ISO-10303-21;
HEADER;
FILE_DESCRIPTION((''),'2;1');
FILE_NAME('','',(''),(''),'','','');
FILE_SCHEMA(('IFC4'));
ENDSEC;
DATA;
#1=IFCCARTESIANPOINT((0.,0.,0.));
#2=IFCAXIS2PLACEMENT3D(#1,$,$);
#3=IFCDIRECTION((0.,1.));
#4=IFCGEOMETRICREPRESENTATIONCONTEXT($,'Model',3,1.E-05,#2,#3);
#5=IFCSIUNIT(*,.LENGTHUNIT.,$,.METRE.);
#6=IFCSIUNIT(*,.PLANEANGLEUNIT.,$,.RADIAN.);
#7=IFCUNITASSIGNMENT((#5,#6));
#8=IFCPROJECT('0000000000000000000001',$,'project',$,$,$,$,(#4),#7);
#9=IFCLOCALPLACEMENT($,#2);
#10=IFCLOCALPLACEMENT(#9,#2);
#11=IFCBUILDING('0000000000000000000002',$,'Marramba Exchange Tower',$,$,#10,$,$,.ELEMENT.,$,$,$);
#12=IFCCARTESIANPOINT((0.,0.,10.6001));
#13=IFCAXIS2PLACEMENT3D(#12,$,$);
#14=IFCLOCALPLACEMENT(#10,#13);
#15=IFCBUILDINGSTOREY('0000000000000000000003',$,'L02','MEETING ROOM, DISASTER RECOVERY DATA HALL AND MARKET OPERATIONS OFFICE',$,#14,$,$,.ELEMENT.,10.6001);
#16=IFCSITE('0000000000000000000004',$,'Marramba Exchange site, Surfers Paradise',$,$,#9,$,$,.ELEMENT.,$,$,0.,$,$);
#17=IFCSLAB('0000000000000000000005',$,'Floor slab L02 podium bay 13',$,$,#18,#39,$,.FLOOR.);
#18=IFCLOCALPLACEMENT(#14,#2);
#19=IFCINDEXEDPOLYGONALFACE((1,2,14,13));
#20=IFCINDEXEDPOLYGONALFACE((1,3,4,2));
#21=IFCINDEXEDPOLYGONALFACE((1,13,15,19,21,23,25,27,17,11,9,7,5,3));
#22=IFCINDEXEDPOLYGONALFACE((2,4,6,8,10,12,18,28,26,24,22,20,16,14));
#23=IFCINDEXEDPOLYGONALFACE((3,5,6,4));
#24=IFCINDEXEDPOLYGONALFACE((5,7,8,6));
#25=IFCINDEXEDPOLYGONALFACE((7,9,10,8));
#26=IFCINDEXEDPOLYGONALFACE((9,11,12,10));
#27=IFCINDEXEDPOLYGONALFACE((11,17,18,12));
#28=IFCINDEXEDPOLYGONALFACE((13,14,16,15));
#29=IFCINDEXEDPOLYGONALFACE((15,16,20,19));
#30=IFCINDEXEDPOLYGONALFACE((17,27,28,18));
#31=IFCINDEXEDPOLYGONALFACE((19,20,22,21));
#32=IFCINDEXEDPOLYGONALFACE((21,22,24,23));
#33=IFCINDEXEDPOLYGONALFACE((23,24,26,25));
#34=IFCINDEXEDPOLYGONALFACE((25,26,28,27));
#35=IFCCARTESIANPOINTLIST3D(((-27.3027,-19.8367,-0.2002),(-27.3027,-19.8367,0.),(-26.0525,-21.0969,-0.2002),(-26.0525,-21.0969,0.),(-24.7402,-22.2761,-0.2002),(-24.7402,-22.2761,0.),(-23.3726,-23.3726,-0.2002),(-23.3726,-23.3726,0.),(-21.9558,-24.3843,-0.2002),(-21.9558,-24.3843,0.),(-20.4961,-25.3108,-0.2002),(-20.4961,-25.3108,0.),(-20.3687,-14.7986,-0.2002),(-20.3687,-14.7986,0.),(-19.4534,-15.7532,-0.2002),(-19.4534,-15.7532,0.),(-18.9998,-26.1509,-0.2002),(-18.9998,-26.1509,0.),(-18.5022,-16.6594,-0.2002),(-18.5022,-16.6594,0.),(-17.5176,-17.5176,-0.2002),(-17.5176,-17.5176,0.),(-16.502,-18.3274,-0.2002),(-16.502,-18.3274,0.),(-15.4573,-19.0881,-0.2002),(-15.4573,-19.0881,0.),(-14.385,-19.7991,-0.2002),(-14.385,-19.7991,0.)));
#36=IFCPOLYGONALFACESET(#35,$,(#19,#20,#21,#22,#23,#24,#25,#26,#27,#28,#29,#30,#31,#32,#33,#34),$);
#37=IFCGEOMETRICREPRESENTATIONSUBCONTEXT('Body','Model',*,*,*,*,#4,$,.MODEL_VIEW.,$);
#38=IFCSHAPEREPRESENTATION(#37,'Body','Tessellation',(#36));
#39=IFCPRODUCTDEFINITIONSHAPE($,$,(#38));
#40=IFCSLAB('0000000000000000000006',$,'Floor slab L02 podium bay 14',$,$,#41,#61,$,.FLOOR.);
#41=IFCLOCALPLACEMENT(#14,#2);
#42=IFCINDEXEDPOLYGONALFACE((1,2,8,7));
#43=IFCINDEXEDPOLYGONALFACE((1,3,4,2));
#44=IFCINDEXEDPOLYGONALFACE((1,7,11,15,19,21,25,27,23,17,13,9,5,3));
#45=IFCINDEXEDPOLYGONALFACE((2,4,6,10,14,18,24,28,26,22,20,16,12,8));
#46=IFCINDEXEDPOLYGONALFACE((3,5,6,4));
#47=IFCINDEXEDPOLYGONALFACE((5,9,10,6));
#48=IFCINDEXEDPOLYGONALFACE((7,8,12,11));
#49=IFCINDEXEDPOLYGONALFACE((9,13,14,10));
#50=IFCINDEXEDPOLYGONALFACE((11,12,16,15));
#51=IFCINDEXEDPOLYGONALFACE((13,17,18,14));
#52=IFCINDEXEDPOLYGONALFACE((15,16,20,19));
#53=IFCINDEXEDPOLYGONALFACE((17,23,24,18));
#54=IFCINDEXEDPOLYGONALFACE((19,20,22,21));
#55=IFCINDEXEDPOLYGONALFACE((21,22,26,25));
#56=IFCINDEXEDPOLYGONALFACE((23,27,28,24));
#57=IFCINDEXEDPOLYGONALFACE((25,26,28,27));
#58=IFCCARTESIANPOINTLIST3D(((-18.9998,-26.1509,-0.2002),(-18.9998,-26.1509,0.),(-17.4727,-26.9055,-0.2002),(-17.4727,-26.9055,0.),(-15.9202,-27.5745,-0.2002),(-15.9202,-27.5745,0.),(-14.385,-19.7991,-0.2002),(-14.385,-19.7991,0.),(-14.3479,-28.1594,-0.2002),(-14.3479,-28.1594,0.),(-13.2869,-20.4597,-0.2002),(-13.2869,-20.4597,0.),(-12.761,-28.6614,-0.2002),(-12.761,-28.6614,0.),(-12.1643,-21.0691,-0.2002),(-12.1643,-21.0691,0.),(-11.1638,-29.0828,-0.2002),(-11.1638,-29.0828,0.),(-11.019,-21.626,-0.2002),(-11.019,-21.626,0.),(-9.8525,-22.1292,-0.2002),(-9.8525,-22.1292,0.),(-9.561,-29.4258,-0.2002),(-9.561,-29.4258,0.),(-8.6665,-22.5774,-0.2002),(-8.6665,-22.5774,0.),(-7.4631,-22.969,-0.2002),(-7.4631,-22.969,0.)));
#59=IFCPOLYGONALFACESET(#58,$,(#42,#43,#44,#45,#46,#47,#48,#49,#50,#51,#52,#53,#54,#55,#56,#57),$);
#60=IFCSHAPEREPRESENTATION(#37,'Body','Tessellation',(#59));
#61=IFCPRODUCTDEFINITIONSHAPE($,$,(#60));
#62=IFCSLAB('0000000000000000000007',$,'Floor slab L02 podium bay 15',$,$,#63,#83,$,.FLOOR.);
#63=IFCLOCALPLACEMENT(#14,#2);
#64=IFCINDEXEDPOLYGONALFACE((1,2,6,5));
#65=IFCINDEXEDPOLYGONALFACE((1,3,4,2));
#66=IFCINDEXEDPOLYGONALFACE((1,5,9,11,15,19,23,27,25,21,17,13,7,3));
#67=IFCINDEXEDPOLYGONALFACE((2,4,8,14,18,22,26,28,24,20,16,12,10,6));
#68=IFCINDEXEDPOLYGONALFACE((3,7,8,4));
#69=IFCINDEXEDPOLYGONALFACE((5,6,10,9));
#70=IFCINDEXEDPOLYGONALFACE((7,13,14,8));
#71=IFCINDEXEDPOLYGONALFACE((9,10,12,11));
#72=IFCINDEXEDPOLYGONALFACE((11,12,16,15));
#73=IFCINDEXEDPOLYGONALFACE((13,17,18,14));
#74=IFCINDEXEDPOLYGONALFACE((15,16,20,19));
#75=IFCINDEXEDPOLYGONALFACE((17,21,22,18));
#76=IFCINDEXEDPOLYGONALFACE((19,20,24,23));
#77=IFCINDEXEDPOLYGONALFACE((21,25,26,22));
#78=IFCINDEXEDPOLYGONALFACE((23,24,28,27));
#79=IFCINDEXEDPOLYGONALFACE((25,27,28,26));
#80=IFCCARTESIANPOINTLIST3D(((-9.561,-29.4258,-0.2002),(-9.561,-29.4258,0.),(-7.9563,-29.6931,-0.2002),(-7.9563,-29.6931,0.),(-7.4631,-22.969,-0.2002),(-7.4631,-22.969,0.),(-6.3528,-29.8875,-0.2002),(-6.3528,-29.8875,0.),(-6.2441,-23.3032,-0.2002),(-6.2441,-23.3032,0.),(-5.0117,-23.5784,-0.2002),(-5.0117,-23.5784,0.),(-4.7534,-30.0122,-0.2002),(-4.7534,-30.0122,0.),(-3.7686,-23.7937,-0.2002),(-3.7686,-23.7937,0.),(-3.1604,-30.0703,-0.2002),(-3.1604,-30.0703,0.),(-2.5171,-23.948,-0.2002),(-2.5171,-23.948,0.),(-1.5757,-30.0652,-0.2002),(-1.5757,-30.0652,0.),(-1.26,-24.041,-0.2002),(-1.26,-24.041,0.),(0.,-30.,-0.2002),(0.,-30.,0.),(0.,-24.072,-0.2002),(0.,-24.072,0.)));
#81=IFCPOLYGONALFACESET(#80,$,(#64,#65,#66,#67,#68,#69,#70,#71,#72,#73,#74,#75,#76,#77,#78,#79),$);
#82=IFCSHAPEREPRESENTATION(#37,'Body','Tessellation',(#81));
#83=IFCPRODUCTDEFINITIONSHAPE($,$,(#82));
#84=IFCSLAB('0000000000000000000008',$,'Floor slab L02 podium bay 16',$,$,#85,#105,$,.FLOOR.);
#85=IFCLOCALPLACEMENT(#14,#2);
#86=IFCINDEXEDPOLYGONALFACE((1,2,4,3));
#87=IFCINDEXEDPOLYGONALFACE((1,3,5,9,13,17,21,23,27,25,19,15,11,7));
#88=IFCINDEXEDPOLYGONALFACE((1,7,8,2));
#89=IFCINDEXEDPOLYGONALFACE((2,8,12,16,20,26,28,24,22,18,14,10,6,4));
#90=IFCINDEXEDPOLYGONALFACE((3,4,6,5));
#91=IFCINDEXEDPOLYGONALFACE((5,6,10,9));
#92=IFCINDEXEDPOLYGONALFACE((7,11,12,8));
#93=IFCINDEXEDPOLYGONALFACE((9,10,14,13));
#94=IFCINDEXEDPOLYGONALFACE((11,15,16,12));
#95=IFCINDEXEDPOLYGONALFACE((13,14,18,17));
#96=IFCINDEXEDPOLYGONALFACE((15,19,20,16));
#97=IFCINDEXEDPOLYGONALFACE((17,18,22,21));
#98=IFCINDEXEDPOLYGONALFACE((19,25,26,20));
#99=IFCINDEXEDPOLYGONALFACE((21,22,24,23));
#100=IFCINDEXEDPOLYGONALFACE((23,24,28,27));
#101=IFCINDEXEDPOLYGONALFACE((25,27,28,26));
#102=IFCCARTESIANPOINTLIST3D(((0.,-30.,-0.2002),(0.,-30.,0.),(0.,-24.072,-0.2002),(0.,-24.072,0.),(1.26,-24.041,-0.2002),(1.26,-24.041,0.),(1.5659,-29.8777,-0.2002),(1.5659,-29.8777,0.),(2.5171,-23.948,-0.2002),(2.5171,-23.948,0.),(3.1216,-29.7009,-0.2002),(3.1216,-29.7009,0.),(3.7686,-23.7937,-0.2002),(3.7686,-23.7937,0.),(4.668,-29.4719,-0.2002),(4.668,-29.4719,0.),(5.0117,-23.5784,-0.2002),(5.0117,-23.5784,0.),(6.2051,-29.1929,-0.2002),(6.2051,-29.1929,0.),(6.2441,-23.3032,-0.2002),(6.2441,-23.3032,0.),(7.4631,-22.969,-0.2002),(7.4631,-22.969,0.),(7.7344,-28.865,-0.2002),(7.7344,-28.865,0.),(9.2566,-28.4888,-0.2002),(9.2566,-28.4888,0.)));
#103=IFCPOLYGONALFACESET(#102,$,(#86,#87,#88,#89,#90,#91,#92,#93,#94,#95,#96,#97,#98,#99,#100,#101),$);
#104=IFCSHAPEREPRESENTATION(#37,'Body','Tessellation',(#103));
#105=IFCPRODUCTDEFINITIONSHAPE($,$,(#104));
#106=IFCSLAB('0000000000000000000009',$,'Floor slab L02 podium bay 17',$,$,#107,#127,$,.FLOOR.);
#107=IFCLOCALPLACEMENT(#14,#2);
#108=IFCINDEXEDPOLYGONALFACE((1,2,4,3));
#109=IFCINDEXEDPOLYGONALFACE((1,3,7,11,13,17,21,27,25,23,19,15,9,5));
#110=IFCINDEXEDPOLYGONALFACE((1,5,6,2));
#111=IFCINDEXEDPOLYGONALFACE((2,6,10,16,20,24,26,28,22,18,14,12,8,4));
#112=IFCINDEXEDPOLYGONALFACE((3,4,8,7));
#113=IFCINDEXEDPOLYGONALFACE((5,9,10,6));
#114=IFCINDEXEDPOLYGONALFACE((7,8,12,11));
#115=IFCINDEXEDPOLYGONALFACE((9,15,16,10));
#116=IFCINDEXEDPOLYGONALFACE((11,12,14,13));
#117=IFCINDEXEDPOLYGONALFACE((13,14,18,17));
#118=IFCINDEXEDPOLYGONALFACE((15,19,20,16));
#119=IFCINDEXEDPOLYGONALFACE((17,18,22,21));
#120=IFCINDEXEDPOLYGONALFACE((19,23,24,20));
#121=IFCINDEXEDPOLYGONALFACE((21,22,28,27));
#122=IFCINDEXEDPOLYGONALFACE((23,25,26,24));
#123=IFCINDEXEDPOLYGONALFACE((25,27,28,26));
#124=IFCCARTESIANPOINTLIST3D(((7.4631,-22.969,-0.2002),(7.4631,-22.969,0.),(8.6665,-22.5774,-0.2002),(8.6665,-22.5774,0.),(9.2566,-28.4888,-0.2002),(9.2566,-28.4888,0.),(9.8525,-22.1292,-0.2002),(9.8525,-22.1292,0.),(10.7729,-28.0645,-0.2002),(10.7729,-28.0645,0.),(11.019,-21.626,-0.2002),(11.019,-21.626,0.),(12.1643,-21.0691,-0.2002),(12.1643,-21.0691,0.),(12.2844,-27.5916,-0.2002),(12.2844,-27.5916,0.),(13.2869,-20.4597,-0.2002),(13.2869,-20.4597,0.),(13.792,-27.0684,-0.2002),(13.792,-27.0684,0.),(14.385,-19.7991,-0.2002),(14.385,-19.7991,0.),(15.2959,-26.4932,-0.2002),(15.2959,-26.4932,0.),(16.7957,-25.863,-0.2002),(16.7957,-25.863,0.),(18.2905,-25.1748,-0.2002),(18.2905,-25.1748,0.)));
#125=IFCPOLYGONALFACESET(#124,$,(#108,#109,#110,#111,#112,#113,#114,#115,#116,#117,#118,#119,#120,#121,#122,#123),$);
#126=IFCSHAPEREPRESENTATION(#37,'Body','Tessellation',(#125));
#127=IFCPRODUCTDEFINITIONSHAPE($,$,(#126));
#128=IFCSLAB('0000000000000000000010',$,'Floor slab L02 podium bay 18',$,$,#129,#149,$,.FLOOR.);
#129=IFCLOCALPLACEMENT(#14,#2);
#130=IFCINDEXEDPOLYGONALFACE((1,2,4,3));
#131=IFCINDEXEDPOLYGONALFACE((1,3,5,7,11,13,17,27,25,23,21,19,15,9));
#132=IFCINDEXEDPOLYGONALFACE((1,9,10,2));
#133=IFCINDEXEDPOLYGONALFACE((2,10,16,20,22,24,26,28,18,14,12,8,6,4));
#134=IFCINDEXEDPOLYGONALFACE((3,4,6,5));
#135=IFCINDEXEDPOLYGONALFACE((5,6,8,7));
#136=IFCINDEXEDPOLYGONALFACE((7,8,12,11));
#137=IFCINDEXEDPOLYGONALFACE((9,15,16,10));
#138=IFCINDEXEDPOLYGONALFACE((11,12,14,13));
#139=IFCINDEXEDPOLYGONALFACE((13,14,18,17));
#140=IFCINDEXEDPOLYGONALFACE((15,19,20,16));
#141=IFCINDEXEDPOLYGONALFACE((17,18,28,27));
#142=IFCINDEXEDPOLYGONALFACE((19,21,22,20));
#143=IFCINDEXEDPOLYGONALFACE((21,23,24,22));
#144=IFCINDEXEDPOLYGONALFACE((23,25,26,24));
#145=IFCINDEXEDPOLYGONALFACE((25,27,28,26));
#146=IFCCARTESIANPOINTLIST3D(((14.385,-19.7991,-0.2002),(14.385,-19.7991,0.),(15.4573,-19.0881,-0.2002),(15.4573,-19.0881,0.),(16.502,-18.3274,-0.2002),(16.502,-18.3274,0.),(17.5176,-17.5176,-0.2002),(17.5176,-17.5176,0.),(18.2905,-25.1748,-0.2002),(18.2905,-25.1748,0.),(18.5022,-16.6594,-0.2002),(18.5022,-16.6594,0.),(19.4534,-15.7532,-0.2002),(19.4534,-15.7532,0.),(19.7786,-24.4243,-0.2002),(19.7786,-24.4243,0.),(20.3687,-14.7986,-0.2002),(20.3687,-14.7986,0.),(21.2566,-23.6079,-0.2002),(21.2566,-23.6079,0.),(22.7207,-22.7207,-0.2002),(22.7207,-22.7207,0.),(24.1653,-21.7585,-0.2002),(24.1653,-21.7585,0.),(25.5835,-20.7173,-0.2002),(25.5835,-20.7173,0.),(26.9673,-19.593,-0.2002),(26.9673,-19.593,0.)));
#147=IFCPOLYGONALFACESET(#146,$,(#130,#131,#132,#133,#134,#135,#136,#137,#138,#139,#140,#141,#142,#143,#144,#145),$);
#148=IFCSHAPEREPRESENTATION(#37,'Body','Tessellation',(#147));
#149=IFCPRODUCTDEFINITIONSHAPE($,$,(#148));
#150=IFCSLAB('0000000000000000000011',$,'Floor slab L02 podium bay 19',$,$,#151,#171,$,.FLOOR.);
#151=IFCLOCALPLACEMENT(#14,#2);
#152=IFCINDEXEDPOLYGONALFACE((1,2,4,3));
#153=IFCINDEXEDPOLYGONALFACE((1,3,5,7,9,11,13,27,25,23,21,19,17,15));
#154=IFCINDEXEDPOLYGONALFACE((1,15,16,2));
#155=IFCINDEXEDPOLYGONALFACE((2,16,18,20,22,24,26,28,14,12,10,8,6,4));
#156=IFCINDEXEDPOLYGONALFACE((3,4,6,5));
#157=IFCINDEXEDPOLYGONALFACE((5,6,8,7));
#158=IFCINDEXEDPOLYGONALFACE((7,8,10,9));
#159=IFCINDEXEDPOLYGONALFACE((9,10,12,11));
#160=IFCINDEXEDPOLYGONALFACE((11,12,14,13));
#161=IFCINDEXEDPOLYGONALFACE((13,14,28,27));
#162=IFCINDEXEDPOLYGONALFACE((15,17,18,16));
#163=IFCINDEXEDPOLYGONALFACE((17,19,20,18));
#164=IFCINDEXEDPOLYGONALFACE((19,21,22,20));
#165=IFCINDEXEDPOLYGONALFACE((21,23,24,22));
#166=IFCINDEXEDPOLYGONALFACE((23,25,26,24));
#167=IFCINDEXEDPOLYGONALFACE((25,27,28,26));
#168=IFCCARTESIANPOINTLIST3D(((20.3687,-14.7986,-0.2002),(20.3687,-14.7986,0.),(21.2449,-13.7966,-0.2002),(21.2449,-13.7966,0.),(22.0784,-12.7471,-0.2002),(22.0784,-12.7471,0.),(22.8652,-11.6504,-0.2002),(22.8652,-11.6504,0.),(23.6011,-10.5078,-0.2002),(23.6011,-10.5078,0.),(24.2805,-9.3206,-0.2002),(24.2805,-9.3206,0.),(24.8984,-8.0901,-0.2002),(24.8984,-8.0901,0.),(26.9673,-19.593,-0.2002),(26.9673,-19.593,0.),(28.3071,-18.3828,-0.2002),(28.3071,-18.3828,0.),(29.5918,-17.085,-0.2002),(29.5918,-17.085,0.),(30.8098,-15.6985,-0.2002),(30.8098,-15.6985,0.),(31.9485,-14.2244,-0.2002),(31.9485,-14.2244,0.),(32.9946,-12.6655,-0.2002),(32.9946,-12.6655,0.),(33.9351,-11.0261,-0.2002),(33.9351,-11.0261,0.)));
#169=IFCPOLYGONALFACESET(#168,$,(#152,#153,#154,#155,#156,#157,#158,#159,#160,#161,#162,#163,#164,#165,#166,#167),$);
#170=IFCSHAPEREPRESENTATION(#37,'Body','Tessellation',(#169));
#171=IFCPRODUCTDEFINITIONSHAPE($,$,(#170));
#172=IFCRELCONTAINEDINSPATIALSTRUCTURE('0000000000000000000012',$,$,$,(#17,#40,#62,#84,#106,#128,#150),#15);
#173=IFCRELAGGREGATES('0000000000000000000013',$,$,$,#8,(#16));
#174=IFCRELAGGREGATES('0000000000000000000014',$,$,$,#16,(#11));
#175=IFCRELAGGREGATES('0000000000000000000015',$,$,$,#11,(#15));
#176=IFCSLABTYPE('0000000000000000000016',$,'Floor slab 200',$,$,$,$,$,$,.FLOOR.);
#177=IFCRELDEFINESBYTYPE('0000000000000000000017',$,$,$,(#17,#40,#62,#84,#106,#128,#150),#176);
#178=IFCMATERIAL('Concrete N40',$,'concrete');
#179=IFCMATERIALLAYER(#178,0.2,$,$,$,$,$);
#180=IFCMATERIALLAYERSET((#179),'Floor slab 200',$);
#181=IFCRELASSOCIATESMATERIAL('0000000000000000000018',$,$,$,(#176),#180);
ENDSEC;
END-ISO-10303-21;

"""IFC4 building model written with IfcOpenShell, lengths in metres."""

from ifc_helpers import new_model, si_unit, direction, frame, origin, place, context, subcontext, project, spatial, polyline, outline, extrude, material, layer, layer_set, type_object, element, save


model = new_model("IFC4")

# Units and contexts
model_context = context("Model", 3, precision=1e-05, world=origin(), true_north=direction((0.0, 1.0)))
body_context = subcontext(model_context, "Body", "Model", "MODEL_VIEW")
ifc_project = project(units=[si_unit("LENGTHUNIT", "METRE"), si_unit("PLANEANGLEUNIT", "RADIAN")], contexts=[model_context])

# Site, building, storey
site_placement = place(None, origin())
site = spatial("IfcSite", under=ifc_project, at=site_placement, Name="Marramba Exchange site, Surfers Paradise", CompositionType="ELEMENT", RefElevation=0.0)
building_placement = place(site_placement, origin())
building = spatial("IfcBuilding", under=site, at=building_placement, Name="Marramba Exchange Tower", CompositionType="ELEMENT")
storey_placement = place(building_placement, frame((0.0, 0.0, 10.6001)))
storey = spatial("IfcBuildingStorey", under=building, at=storey_placement, Name="L02", Description="MEETING ROOM, DISASTER RECOVERY DATA HALL AND MARKET OPERATIONS OFFICE", CompositionType="ELEMENT", Elevation=10.6001)

# Slabs
ifc_material_1 = material(Name="Concrete N40", Category="concrete")
ifc_layer_1 = layer(ifc_material_1, 0.2)
ifc_layer_set_1 = layer_set([ifc_layer_1], Name="Floor slab 200")
slab_type_1 = type_object("IfcSlabType", Name="Floor slab 200", PredefinedType="FLOOR", material=ifc_layer_set_1)
slab_1_placement = place(storey_placement, frame((0.0, 0.0, -0.2002)))
element("IfcSlab", 1, at=slab_1_placement, inside=storey, type_object=slab_type_1, Name="Floor slab L02 podium bay 13", PredefinedType="FLOOR", context=body_context, shape_type="SweptSolid", body=[
    extrude(outline(polyline([(-20.4961, -25.3108), (-21.9558, -24.3843), (-23.3726, -23.3726), (-24.7402, -22.2761), (-26.0525, -21.0969), (-27.3027, -19.8367), (-20.3687, -14.7986), (-19.4534, -15.7532), (-18.5022, -16.6594), (-17.5176, -17.5176), (-16.502, -18.3274), (-15.4573, -19.0881), (-14.385, -19.7991), (-18.9998, -26.1509), (-20.4961, -25.3108)])), origin(), (0.0, 0.0, 1.0), 0.2002),
])
slab_2_placement = place(storey_placement, frame((0.0, 0.0, -0.2002)))
element("IfcSlab", 2, at=slab_2_placement, inside=storey, type_object=slab_type_1, Name="Floor slab L02 podium bay 14", PredefinedType="FLOOR", context=body_context, shape_type="SweptSolid", body=[
    extrude(outline(polyline([(-11.1638, -29.0828), (-12.761, -28.6614), (-14.3479, -28.1594), (-15.9202, -27.5745), (-17.4727, -26.9055), (-18.9998, -26.1509), (-14.385, -19.7991), (-13.2869, -20.4597), (-12.1643, -21.0691), (-11.019, -21.626), (-9.8525, -22.1292), (-8.6665, -22.5774), (-7.4631, -22.969), (-9.561, -29.4258), (-11.1638, -29.0828)])), origin(), (0.0, 0.0, 1.0), 0.2002),
])
slab_3_placement = place(storey_placement, frame((0.0, 0.0, -0.2002)))
element("IfcSlab", 3, at=slab_3_placement, inside=storey, type_object=slab_type_1, Name="Floor slab L02 podium bay 15", PredefinedType="FLOOR", context=body_context, shape_type="SweptSolid", body=[
    extrude(outline(polyline([(-1.5757, -30.0652), (-3.1604, -30.0703), (-4.7534, -30.0122), (-6.3528, -29.8875), (-7.9563, -29.6931), (-9.561, -29.4258), (-7.4631, -22.969), (-6.2441, -23.3032), (-5.0117, -23.5784), (-3.7686, -23.7937), (-2.5171, -23.948), (-1.26, -24.041), (0.0, -24.072), (0.0, -30.0), (-1.5757, -30.0652)])), origin(), (0.0, 0.0, 1.0), 0.2002),
])
slab_4_placement = place(storey_placement, frame((0.0, 0.0, -0.2002)))
element("IfcSlab", 4, at=slab_4_placement, inside=storey, type_object=slab_type_1, Name="Floor slab L02 podium bay 16", PredefinedType="FLOOR", context=body_context, shape_type="SweptSolid", body=[
    extrude(outline(polyline([(9.2566, -28.4888), (7.7344, -28.865), (6.2051, -29.1929), (4.668, -29.4719), (3.1216, -29.7009), (1.5659, -29.8777), (0.0, -30.0), (0.0, -24.072), (1.26, -24.041), (2.5171, -23.948), (3.7686, -23.7937), (5.0117, -23.5784), (6.2441, -23.3032), (7.4631, -22.969), (9.2566, -28.4888)])), origin(), (0.0, 0.0, 1.0), 0.2002),
])
slab_5_placement = place(storey_placement, frame((0.0, 0.0, -0.2002)))
element("IfcSlab", 5, at=slab_5_placement, inside=storey, type_object=slab_type_1, Name="Floor slab L02 podium bay 17", PredefinedType="FLOOR", context=body_context, shape_type="SweptSolid", body=[
    extrude(outline(polyline([(18.2905, -25.1748), (16.7957, -25.863), (15.2959, -26.4932), (13.792, -27.0684), (12.2844, -27.5916), (10.7729, -28.0645), (9.2566, -28.4888), (7.4631, -22.969), (8.6665, -22.5774), (9.8525, -22.1292), (11.019, -21.626), (12.1643, -21.0691), (13.2869, -20.4597), (14.385, -19.7991), (18.2905, -25.1748)])), origin(), (0.0, 0.0, 1.0), 0.2002),
])
slab_6_placement = place(storey_placement, frame((0.0, 0.0, -0.2002)))
element("IfcSlab", 6, at=slab_6_placement, inside=storey, type_object=slab_type_1, Name="Floor slab L02 podium bay 18", PredefinedType="FLOOR", context=body_context, shape_type="SweptSolid", body=[
    extrude(outline(polyline([(26.9673, -19.593), (25.5835, -20.7173), (24.1653, -21.7585), (22.7207, -22.7207), (21.2566, -23.6079), (19.7786, -24.4243), (18.2905, -25.1748), (14.385, -19.7991), (15.4573, -19.0881), (16.502, -18.3274), (17.5176, -17.5176), (18.5022, -16.6594), (19.4534, -15.7532), (20.3687, -14.7986), (26.9673, -19.593)])), origin(), (0.0, 0.0, 1.0), 0.2002),
])
slab_7_placement = place(storey_placement, frame((0.0, 0.0, -0.2002)))
element("IfcSlab", 7, at=slab_7_placement, inside=storey, type_object=slab_type_1, Name="Floor slab L02 podium bay 19", PredefinedType="FLOOR", context=body_context, shape_type="SweptSolid", body=[
    extrude(outline(polyline([(32.9946, -12.6655), (31.9485, -14.2244), (30.8098, -15.6985), (29.5918, -17.085), (28.3071, -18.3828), (26.9673, -19.593), (20.3687, -14.7986), (21.2449, -13.7966), (22.0784, -12.7471), (22.8652, -11.6504), (23.6011, -10.5078), (24.2805, -9.3206), (24.8984, -8.0901), (33.9351, -11.0261), (32.9946, -12.6655)])), origin(), (0.0, 0.0, 1.0), 0.2002),
])

save(model, "model.ifc")
